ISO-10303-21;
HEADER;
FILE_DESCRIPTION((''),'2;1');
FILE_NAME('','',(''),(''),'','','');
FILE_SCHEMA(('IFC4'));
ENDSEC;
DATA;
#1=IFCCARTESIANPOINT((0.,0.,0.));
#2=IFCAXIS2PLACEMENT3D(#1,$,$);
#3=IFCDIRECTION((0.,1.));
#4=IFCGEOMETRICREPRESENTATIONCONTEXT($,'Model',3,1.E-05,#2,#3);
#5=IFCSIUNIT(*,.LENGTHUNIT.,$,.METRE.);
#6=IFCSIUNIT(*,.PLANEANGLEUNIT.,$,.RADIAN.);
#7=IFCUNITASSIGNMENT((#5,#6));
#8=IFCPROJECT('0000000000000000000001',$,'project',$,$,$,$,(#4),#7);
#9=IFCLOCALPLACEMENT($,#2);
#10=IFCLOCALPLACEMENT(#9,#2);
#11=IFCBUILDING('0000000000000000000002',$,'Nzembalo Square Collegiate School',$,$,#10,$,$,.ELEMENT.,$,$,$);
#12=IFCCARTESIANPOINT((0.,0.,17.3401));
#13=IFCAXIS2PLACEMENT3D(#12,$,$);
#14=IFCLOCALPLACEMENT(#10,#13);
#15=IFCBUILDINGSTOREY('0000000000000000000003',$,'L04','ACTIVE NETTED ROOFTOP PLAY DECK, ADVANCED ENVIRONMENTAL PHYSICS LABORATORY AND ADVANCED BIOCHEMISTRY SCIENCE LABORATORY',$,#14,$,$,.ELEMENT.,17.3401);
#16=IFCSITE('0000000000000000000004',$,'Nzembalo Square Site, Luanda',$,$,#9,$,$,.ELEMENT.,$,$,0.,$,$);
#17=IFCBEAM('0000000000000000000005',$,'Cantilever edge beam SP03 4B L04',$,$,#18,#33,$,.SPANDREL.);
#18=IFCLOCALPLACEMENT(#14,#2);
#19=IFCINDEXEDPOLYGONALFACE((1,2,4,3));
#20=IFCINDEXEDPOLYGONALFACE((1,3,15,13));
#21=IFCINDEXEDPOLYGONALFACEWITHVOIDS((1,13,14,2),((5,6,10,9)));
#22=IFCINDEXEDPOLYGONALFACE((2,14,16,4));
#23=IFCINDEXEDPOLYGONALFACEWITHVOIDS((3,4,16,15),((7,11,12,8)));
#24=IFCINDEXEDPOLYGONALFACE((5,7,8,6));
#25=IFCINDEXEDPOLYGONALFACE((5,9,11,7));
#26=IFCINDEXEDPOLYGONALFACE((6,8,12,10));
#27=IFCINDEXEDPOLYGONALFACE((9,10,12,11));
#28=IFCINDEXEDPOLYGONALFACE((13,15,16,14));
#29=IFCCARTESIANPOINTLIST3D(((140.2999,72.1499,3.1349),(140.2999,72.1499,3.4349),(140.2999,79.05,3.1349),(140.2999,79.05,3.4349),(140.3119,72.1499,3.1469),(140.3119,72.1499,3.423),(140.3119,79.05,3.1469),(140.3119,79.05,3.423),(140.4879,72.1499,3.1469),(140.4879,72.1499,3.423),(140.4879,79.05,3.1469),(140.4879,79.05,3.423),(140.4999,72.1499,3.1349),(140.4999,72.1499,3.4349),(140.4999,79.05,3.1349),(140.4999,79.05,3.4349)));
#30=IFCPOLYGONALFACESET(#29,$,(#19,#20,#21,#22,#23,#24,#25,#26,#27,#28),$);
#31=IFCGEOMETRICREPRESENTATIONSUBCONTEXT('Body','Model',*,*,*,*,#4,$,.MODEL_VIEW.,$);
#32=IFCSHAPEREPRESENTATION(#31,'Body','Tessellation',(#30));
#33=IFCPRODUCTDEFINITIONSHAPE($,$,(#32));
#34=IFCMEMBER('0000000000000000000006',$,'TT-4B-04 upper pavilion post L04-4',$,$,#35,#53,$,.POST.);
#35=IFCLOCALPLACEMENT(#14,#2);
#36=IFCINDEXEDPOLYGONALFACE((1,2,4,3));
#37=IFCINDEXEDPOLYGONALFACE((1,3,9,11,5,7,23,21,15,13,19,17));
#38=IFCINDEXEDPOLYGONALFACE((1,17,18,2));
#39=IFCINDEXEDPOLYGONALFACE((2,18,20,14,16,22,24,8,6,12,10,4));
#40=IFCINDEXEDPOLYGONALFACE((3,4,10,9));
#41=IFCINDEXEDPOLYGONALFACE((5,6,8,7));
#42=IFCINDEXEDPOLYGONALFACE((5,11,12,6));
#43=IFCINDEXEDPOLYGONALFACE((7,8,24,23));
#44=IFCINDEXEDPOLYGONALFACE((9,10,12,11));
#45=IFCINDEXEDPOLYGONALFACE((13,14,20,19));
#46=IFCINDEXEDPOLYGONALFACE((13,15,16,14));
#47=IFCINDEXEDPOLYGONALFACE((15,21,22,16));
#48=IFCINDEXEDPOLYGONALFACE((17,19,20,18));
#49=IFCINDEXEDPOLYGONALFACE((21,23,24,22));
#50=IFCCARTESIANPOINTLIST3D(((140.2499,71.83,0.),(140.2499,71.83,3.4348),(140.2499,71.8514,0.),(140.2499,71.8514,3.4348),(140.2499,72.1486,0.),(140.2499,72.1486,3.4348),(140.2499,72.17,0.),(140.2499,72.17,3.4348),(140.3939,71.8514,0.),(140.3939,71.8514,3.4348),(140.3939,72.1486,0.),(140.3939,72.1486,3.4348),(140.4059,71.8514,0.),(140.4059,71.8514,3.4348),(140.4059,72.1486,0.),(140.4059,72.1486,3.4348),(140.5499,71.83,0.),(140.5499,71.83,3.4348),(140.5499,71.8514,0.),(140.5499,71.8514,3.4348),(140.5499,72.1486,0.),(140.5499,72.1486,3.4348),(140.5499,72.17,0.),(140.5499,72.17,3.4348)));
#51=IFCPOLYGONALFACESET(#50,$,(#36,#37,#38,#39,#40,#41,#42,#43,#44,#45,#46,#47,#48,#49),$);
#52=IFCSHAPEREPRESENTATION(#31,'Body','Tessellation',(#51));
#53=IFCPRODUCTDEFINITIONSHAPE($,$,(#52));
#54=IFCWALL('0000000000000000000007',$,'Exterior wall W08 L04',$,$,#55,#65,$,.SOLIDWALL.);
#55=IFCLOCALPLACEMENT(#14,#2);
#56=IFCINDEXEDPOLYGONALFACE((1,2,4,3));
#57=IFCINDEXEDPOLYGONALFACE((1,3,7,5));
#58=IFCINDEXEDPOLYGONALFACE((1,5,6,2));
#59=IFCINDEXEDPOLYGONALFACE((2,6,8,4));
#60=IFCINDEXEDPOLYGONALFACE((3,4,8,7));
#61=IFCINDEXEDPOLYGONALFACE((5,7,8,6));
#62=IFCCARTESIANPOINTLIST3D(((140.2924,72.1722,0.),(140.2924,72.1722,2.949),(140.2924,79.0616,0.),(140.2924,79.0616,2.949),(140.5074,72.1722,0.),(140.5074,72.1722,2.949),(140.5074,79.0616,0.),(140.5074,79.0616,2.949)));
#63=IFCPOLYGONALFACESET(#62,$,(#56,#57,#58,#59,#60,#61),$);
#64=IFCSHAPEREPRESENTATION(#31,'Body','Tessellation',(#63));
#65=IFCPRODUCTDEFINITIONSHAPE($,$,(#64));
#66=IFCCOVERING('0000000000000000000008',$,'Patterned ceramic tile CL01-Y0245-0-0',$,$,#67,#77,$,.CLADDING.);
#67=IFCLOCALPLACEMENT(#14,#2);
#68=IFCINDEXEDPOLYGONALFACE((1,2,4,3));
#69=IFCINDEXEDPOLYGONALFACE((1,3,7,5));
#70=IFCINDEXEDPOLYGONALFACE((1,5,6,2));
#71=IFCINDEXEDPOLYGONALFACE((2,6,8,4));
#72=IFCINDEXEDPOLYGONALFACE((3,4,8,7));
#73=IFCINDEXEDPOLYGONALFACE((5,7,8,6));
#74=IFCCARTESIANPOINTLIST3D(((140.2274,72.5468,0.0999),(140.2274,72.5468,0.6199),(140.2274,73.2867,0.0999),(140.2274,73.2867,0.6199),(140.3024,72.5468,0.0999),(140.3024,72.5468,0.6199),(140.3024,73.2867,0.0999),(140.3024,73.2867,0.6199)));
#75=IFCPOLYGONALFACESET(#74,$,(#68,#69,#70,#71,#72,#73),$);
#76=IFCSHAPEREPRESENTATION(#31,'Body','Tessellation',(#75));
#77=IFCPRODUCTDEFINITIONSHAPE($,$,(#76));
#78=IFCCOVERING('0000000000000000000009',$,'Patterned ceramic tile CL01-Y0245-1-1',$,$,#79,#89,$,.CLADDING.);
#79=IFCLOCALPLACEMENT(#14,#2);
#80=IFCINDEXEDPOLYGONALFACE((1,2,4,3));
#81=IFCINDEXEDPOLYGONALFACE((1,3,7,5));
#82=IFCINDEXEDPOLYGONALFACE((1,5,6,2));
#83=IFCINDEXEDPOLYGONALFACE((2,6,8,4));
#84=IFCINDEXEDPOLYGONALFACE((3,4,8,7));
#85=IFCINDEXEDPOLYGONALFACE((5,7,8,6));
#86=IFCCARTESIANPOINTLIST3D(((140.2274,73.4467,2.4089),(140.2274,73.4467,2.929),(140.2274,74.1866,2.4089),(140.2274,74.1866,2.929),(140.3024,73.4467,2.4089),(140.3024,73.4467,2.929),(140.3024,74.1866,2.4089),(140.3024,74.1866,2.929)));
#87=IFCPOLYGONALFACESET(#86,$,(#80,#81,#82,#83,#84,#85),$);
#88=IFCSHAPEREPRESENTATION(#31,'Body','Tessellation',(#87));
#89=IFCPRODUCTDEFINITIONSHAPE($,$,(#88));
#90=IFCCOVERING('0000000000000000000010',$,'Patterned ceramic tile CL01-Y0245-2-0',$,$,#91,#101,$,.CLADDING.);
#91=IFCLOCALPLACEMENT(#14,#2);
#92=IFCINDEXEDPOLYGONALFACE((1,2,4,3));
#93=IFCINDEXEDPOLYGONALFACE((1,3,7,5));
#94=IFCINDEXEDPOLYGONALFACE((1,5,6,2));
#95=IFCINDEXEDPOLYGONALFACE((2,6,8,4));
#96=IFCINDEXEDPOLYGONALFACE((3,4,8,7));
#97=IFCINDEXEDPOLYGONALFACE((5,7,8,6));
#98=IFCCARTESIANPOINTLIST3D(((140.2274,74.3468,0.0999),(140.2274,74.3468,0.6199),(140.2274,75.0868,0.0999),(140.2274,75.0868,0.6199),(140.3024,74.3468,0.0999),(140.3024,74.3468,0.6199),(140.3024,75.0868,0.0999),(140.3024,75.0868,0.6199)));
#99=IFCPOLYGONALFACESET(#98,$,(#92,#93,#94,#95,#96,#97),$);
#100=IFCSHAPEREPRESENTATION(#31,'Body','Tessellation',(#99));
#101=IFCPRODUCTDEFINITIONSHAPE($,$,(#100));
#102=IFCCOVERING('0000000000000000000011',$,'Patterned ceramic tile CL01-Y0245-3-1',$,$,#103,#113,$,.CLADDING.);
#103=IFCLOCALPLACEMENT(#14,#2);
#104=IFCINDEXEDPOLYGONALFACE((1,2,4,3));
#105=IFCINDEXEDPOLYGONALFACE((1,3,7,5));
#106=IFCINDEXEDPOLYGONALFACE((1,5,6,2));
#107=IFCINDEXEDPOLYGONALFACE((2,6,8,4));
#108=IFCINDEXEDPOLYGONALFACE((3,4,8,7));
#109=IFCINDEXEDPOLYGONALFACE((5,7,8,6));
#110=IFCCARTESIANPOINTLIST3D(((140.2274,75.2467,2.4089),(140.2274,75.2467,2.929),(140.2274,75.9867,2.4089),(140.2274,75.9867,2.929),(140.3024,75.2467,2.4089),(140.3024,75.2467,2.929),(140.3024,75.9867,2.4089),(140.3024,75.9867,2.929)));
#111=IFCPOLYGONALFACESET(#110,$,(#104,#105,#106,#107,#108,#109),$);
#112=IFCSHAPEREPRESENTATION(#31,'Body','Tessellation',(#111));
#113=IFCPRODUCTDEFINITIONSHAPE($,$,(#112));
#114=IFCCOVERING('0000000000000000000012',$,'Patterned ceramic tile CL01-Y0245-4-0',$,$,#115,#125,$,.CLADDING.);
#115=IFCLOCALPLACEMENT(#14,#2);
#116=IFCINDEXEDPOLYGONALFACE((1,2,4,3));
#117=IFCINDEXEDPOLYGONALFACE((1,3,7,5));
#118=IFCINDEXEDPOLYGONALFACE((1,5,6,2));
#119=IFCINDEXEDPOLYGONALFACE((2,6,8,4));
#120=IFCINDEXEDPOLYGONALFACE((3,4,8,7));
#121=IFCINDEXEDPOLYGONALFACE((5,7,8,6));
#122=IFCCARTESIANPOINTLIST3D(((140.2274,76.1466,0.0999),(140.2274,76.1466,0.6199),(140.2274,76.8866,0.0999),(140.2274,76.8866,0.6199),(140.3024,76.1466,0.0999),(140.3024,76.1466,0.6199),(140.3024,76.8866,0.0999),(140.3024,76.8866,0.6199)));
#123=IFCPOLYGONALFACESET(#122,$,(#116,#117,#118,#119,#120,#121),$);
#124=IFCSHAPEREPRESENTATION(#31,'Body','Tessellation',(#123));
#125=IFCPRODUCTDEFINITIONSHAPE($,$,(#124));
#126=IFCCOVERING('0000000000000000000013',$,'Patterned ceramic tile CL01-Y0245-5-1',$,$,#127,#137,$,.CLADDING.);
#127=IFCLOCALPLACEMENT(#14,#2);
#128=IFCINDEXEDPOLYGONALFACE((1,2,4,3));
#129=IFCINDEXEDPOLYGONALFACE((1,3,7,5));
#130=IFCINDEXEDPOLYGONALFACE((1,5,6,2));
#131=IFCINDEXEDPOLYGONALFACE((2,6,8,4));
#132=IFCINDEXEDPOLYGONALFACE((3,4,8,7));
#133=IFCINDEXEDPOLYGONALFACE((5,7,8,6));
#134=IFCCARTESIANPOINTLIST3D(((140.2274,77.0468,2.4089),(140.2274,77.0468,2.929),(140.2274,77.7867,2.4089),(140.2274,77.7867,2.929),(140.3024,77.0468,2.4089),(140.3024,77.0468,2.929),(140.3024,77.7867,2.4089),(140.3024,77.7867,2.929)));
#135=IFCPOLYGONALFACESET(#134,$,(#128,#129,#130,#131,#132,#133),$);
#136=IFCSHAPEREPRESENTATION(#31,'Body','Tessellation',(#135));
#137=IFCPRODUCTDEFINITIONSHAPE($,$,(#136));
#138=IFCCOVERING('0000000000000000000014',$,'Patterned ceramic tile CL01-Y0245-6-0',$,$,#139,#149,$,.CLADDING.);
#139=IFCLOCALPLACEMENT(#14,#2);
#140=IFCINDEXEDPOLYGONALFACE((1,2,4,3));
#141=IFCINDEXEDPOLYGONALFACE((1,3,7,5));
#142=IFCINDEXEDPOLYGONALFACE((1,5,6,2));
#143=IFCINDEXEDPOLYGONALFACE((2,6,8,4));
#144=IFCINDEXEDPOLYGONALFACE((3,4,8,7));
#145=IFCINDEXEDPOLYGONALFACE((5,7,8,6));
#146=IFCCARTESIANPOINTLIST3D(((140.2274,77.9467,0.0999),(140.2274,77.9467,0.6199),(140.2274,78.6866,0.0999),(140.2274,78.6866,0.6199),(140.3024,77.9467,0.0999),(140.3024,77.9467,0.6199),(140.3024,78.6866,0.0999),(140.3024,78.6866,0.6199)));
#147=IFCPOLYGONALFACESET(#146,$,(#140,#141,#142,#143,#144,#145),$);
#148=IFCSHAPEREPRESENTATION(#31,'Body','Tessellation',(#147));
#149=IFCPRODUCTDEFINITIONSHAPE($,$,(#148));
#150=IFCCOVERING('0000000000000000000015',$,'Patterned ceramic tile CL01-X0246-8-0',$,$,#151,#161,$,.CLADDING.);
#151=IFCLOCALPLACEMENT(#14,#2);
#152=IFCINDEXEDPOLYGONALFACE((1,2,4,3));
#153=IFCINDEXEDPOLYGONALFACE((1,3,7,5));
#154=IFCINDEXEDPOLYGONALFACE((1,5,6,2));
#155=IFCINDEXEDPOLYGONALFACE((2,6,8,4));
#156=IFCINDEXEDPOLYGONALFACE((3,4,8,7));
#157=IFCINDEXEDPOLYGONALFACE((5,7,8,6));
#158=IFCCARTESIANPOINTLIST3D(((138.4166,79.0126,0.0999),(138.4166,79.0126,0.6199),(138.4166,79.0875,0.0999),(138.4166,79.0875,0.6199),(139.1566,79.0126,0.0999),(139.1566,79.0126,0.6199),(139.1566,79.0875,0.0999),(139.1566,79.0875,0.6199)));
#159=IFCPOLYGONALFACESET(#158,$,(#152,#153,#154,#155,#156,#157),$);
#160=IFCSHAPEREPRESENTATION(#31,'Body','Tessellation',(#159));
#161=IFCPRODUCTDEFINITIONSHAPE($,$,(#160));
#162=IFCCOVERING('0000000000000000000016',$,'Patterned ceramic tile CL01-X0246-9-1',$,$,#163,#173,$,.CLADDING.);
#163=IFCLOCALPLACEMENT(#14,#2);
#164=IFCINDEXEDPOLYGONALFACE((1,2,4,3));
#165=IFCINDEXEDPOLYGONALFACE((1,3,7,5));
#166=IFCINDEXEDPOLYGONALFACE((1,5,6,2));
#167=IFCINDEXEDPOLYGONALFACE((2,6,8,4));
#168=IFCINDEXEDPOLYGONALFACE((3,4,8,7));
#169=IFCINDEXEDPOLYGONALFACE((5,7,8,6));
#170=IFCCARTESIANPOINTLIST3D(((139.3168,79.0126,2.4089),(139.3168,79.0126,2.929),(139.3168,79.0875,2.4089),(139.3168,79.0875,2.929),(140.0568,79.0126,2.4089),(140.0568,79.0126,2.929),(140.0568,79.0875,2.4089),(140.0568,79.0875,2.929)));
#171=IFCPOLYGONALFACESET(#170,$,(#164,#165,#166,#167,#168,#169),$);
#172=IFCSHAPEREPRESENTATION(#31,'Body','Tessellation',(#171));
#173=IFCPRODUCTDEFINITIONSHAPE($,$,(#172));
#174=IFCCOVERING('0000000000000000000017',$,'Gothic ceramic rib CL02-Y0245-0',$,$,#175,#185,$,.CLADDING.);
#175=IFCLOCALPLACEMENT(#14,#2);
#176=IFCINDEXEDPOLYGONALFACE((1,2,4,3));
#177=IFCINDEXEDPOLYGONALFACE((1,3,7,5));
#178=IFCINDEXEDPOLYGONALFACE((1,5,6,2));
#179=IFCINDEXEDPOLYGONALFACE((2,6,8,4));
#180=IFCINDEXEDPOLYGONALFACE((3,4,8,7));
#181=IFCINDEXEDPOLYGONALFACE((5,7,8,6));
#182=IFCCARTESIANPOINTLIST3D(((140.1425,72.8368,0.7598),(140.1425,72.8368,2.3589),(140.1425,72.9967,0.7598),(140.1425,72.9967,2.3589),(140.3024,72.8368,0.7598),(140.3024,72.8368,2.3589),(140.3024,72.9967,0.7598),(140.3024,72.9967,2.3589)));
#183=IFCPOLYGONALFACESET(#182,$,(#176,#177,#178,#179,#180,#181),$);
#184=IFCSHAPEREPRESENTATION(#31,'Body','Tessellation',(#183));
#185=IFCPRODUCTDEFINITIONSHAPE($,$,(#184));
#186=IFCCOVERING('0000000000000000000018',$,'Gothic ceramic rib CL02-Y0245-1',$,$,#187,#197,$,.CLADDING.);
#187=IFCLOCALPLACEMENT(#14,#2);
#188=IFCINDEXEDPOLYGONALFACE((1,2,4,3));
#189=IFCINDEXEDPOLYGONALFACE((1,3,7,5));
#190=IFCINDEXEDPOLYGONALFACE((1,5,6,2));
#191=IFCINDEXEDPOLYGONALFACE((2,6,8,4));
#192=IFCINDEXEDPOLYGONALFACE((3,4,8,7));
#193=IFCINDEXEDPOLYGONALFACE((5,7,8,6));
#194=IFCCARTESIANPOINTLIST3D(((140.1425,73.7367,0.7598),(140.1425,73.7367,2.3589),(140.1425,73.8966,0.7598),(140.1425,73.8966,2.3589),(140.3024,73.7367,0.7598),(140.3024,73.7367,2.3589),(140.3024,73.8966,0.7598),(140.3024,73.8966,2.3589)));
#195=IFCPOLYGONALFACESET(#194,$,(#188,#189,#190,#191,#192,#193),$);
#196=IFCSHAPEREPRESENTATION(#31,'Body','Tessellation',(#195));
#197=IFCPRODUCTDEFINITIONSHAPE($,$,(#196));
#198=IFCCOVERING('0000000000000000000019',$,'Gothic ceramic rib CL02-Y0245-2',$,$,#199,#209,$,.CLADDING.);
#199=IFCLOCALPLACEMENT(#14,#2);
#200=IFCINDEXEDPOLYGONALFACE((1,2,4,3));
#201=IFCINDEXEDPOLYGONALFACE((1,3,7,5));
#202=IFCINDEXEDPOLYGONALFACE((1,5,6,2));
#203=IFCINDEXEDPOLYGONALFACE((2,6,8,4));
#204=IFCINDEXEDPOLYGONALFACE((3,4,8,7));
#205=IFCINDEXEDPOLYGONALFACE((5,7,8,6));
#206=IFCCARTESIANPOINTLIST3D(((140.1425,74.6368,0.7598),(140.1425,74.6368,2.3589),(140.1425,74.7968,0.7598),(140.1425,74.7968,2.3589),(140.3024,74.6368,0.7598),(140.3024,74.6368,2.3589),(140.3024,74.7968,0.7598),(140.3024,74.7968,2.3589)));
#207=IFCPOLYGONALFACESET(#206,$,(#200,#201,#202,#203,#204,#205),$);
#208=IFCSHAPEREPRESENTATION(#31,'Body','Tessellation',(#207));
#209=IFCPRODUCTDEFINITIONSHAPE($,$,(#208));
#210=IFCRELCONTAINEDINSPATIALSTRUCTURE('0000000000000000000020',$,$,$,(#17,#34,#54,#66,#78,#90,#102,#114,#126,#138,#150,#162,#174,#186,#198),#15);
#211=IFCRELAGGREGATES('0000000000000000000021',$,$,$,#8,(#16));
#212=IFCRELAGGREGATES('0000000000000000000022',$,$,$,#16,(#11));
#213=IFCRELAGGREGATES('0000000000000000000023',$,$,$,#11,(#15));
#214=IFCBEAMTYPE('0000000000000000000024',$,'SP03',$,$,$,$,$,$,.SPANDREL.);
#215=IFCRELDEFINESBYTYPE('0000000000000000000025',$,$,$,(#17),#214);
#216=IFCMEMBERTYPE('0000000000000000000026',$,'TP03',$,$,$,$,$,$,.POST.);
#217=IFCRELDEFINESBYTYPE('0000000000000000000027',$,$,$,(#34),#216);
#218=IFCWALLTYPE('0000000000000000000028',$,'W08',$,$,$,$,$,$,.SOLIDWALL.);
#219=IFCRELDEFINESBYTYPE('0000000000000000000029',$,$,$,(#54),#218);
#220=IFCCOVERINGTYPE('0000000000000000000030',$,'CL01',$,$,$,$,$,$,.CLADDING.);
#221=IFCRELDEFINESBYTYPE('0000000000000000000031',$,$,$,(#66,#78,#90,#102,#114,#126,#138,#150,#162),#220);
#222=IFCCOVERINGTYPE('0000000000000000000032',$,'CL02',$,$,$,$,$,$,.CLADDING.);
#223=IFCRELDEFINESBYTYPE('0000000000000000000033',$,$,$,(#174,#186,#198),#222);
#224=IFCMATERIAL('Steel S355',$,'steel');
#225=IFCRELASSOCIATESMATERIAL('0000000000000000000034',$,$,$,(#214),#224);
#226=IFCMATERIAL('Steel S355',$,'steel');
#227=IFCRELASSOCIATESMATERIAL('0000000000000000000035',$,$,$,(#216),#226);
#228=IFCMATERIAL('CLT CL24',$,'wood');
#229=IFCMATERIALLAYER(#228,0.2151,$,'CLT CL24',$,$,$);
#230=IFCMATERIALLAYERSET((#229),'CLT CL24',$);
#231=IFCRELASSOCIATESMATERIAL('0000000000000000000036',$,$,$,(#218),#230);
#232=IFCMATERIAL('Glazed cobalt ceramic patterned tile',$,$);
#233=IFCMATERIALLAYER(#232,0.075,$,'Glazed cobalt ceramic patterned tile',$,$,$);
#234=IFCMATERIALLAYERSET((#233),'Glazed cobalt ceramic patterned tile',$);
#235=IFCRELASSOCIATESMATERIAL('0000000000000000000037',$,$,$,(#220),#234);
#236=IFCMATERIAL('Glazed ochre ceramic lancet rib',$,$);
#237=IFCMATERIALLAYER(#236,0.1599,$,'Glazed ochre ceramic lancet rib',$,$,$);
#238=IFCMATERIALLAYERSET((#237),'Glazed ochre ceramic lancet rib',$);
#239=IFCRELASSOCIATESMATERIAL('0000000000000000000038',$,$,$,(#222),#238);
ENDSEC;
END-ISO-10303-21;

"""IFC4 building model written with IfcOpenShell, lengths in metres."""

from ifc_helpers import new_model, si_unit, direction, frame, frame_2d, origin, origin_2d, place, context, subcontext, project, spatial, rectangle, hollow_rectangle, i_section, extrude, material, layer, layer_set, material_profile, profile_set, type_object, element, save


model = new_model("IFC4")

# Units and contexts
model_context = context("Model", 3, precision=1e-05, world=origin(), true_north=direction((0.0, 1.0)))
body_context = subcontext(model_context, "Body", "Model", "MODEL_VIEW")
ifc_project = project(units=[si_unit("LENGTHUNIT", "METRE"), si_unit("PLANEANGLEUNIT", "RADIAN")], contexts=[model_context])

# Site, building, storey
site_placement = place(None, origin())
site = spatial("IfcSite", under=ifc_project, at=site_placement, Name="Nzembalo Square Site, Luanda", CompositionType="ELEMENT", RefElevation=0.0)
building_placement = place(site_placement, origin())
building = spatial("IfcBuilding", under=site, at=building_placement, Name="Nzembalo Square Collegiate School", CompositionType="ELEMENT")
storey_placement = place(building_placement, frame((0.0, 0.0, 17.3401)))
storey = spatial("IfcBuildingStorey", under=building, at=storey_placement, Name="L04", Description="ACTIVE NETTED ROOFTOP PLAY DECK, ADVANCED ENVIRONMENTAL PHYSICS LABORATORY AND ADVANCED BIOCHEMISTRY SCIENCE LABORATORY", CompositionType="ELEMENT", Elevation=17.3401)

# Beam
ifc_material_1 = material(Name="Steel S355", Category="steel")
ifc_material_profile_1 = material_profile(ifc_material_1, hollow_rectangle(XDim=0.2, YDim=0.3, WallThickness=0.012, at=origin_2d()), Name="RHS 300x200x12")
ifc_profile_set_1 = profile_set([ifc_material_profile_1], Name="Steel S355")
beam_type = type_object("IfcBeamType", Name="SP03", PredefinedType="SPANDREL", material=ifc_profile_set_1)
beam_placement = place(storey_placement, frame((140.3999, 72.1499, 3.2849), z_axis=(0.0, 1.0, 0.0), x_axis=(-1.0, 0.0, 0.0)))
element("IfcBeam", 1, at=beam_placement, inside=storey, type_object=beam_type, Name="Cantilever edge beam SP03 4B L04", PredefinedType="SPANDREL", context=body_context, shape_type="SweptSolid", body=[
    extrude(hollow_rectangle(XDim=0.2, YDim=0.3, WallThickness=0.012, at=origin_2d()), origin(), (0.0, 0.0, 1.0), 6.9001),
])

# Member
ifc_material_2 = material(Name="Steel S355", Category="steel")
ifc_material_profile_2 = material_profile(ifc_material_2, i_section(OverallWidth=0.3, OverallDepth=0.3401, WebThickness=0.012, FlangeThickness=0.0215, at=origin_2d()), Name="HEB 340")
ifc_profile_set_2 = profile_set([ifc_material_profile_2], Name="Steel S355")
member_type = type_object("IfcMemberType", Name="TP03", PredefinedType="POST", material=ifc_profile_set_2)
member_placement = place(storey_placement, frame((140.3999, 72.0, 0.0), z_axis=(0.0, 0.0, 1.0), x_axis=(1.0, 0.0, 0.0)))
element("IfcMember", 2, at=member_placement, inside=storey, type_object=member_type, Name="TT-4B-04 upper pavilion post L04-4", PredefinedType="POST", context=body_context, shape_type="SweptSolid", body=[
    extrude(i_section(OverallWidth=0.3, OverallDepth=0.3401, WebThickness=0.012, FlangeThickness=0.0215, at=origin_2d()), origin(), (0.0, 0.0, 1.0), 3.4348),
])

# Wall
ifc_material_3 = material(Name="CLT CL24", Category="wood")
ifc_layer_1 = layer(ifc_material_3, 0.2151, Name="CLT CL24")
ifc_layer_set_1 = layer_set([ifc_layer_1], Name="CLT CL24")
wall_type = type_object("IfcWallType", Name="W08", PredefinedType="SOLIDWALL", material=ifc_layer_set_1)
wall_placement = place(storey_placement, frame((140.3999, 72.1721, 0.0), z_axis=(0.0, 0.0, 1.0), x_axis=(0.0, 1.0, 0.0)))
element("IfcWall", 3, at=wall_placement, inside=storey, type_object=wall_type, Name="Exterior wall W08 L04", PredefinedType="SOLIDWALL", context=body_context, shape_type="SweptSolid", body=[
    extrude(rectangle(XDim=6.8894, YDim=0.2151, at=frame_2d((3.4448, 0.0))), origin(), (0.0, 0.0, 1.0), 2.949),
])

# Coverings
ifc_material_4 = material(Name="Glazed cobalt ceramic patterned tile")
ifc_layer_2 = layer(ifc_material_4, 0.075, Name="Glazed cobalt ceramic patterned tile")
ifc_layer_set_2 = layer_set([ifc_layer_2], Name="Glazed cobalt ceramic patterned tile")
covering_type_1 = type_object("IfcCoveringType", Name="CL01", PredefinedType="CLADDING", material=ifc_layer_set_2)
for number, where, z_axis, x_axis, name in (
    (4, (140.2649, 72.9167, 0.0999), (0.0, 0.0, 1.0), (1.0, 0.0, 0.0), "Patterned ceramic tile CL01-Y0245-0-0"),
    (5, (140.2649, 73.8167, 2.4089), (0.0, 0.0, 1.0), (1.0, 0.0, 0.0), "Patterned ceramic tile CL01-Y0245-1-1"),
    (6, (140.2649, 74.7168, 0.0999), (0.0, 0.0, 1.0), (1.0, 0.0, 0.0), "Patterned ceramic tile CL01-Y0245-2-0"),
    (7, (140.2649, 75.6167, 2.4089), (0.0, 0.0, 1.0), (1.0, 0.0, 0.0), "Patterned ceramic tile CL01-Y0245-3-1"),
    (8, (140.2649, 76.5166, 0.0999), (0.0, 0.0, 1.0), (1.0, 0.0, 0.0), "Patterned ceramic tile CL01-Y0245-4-0"),
    (9, (140.2649, 77.4167, 2.4089), (0.0, 0.0, 1.0), (1.0, 0.0, 0.0), "Patterned ceramic tile CL01-Y0245-5-1"),
    (10, (140.2649, 78.3167, 0.0999), (0.0, 0.0, 1.0), (1.0, 0.0, 0.0), "Patterned ceramic tile CL01-Y0245-6-0"),
):
    element("IfcCovering", number, at=place(storey_placement, frame(where, z_axis=z_axis, x_axis=x_axis)), inside=storey, type_object=covering_type_1, Name=name, PredefinedType="CLADDING", context=body_context, shape_type="SweptSolid", body=[
        extrude(rectangle(XDim=0.075, YDim=0.74, at=origin_2d()), origin(), (0.0, 0.0, 1.0), 0.52),
    ])
for number, where, z_axis, x_axis, name in (
    (11, (138.7866, 79.05, 0.0999), (0.0, 0.0, 1.0), (1.0, 0.0, 0.0), "Patterned ceramic tile CL01-X0246-8-0"),
    (12, (139.6868, 79.05, 2.4089), (0.0, 0.0, 1.0), (1.0, 0.0, 0.0), "Patterned ceramic tile CL01-X0246-9-1"),
):
    element("IfcCovering", number, at=place(storey_placement, frame(where, z_axis=z_axis, x_axis=x_axis)), inside=storey, type_object=covering_type_1, Name=name, PredefinedType="CLADDING", context=body_context, shape_type="SweptSolid", body=[
        extrude(rectangle(XDim=0.74, YDim=0.075, at=origin_2d()), origin(), (0.0, 0.0, 1.0), 0.52),
    ])
ifc_material_5 = material(Name="Glazed ochre ceramic lancet rib")
ifc_layer_3 = layer(ifc_material_5, 0.1599, Name="Glazed ochre ceramic lancet rib")
ifc_layer_set_3 = layer_set([ifc_layer_3], Name="Glazed ochre ceramic lancet rib")
covering_type_2 = type_object("IfcCoveringType", Name="CL02", PredefinedType="CLADDING", material=ifc_layer_set_3)
for number, where, z_axis, x_axis, name in (
    (13, (140.2224, 72.9167, 0.7598), (0.0, 0.0, 1.0), (1.0, 0.0, 0.0), "Gothic ceramic rib CL02-Y0245-0"),
    (14, (140.2224, 73.8167, 0.7598), (0.0, 0.0, 1.0), (1.0, 0.0, 0.0), "Gothic ceramic rib CL02-Y0245-1"),
    (15, (140.2224, 74.7168, 0.7598), (0.0, 0.0, 1.0), (1.0, 0.0, 0.0), "Gothic ceramic rib CL02-Y0245-2"),
):
    element("IfcCovering", number, at=place(storey_placement, frame(where, z_axis=z_axis, x_axis=x_axis)), inside=storey, type_object=covering_type_2, Name=name, PredefinedType="CLADDING", context=body_context, shape_type="SweptSolid", body=[
        extrude(rectangle(XDim=0.1599, YDim=0.1599, at=origin_2d()), origin(), (0.0, 0.0, 1.0), 1.5991),
    ])

save(model, "model.ifc")
